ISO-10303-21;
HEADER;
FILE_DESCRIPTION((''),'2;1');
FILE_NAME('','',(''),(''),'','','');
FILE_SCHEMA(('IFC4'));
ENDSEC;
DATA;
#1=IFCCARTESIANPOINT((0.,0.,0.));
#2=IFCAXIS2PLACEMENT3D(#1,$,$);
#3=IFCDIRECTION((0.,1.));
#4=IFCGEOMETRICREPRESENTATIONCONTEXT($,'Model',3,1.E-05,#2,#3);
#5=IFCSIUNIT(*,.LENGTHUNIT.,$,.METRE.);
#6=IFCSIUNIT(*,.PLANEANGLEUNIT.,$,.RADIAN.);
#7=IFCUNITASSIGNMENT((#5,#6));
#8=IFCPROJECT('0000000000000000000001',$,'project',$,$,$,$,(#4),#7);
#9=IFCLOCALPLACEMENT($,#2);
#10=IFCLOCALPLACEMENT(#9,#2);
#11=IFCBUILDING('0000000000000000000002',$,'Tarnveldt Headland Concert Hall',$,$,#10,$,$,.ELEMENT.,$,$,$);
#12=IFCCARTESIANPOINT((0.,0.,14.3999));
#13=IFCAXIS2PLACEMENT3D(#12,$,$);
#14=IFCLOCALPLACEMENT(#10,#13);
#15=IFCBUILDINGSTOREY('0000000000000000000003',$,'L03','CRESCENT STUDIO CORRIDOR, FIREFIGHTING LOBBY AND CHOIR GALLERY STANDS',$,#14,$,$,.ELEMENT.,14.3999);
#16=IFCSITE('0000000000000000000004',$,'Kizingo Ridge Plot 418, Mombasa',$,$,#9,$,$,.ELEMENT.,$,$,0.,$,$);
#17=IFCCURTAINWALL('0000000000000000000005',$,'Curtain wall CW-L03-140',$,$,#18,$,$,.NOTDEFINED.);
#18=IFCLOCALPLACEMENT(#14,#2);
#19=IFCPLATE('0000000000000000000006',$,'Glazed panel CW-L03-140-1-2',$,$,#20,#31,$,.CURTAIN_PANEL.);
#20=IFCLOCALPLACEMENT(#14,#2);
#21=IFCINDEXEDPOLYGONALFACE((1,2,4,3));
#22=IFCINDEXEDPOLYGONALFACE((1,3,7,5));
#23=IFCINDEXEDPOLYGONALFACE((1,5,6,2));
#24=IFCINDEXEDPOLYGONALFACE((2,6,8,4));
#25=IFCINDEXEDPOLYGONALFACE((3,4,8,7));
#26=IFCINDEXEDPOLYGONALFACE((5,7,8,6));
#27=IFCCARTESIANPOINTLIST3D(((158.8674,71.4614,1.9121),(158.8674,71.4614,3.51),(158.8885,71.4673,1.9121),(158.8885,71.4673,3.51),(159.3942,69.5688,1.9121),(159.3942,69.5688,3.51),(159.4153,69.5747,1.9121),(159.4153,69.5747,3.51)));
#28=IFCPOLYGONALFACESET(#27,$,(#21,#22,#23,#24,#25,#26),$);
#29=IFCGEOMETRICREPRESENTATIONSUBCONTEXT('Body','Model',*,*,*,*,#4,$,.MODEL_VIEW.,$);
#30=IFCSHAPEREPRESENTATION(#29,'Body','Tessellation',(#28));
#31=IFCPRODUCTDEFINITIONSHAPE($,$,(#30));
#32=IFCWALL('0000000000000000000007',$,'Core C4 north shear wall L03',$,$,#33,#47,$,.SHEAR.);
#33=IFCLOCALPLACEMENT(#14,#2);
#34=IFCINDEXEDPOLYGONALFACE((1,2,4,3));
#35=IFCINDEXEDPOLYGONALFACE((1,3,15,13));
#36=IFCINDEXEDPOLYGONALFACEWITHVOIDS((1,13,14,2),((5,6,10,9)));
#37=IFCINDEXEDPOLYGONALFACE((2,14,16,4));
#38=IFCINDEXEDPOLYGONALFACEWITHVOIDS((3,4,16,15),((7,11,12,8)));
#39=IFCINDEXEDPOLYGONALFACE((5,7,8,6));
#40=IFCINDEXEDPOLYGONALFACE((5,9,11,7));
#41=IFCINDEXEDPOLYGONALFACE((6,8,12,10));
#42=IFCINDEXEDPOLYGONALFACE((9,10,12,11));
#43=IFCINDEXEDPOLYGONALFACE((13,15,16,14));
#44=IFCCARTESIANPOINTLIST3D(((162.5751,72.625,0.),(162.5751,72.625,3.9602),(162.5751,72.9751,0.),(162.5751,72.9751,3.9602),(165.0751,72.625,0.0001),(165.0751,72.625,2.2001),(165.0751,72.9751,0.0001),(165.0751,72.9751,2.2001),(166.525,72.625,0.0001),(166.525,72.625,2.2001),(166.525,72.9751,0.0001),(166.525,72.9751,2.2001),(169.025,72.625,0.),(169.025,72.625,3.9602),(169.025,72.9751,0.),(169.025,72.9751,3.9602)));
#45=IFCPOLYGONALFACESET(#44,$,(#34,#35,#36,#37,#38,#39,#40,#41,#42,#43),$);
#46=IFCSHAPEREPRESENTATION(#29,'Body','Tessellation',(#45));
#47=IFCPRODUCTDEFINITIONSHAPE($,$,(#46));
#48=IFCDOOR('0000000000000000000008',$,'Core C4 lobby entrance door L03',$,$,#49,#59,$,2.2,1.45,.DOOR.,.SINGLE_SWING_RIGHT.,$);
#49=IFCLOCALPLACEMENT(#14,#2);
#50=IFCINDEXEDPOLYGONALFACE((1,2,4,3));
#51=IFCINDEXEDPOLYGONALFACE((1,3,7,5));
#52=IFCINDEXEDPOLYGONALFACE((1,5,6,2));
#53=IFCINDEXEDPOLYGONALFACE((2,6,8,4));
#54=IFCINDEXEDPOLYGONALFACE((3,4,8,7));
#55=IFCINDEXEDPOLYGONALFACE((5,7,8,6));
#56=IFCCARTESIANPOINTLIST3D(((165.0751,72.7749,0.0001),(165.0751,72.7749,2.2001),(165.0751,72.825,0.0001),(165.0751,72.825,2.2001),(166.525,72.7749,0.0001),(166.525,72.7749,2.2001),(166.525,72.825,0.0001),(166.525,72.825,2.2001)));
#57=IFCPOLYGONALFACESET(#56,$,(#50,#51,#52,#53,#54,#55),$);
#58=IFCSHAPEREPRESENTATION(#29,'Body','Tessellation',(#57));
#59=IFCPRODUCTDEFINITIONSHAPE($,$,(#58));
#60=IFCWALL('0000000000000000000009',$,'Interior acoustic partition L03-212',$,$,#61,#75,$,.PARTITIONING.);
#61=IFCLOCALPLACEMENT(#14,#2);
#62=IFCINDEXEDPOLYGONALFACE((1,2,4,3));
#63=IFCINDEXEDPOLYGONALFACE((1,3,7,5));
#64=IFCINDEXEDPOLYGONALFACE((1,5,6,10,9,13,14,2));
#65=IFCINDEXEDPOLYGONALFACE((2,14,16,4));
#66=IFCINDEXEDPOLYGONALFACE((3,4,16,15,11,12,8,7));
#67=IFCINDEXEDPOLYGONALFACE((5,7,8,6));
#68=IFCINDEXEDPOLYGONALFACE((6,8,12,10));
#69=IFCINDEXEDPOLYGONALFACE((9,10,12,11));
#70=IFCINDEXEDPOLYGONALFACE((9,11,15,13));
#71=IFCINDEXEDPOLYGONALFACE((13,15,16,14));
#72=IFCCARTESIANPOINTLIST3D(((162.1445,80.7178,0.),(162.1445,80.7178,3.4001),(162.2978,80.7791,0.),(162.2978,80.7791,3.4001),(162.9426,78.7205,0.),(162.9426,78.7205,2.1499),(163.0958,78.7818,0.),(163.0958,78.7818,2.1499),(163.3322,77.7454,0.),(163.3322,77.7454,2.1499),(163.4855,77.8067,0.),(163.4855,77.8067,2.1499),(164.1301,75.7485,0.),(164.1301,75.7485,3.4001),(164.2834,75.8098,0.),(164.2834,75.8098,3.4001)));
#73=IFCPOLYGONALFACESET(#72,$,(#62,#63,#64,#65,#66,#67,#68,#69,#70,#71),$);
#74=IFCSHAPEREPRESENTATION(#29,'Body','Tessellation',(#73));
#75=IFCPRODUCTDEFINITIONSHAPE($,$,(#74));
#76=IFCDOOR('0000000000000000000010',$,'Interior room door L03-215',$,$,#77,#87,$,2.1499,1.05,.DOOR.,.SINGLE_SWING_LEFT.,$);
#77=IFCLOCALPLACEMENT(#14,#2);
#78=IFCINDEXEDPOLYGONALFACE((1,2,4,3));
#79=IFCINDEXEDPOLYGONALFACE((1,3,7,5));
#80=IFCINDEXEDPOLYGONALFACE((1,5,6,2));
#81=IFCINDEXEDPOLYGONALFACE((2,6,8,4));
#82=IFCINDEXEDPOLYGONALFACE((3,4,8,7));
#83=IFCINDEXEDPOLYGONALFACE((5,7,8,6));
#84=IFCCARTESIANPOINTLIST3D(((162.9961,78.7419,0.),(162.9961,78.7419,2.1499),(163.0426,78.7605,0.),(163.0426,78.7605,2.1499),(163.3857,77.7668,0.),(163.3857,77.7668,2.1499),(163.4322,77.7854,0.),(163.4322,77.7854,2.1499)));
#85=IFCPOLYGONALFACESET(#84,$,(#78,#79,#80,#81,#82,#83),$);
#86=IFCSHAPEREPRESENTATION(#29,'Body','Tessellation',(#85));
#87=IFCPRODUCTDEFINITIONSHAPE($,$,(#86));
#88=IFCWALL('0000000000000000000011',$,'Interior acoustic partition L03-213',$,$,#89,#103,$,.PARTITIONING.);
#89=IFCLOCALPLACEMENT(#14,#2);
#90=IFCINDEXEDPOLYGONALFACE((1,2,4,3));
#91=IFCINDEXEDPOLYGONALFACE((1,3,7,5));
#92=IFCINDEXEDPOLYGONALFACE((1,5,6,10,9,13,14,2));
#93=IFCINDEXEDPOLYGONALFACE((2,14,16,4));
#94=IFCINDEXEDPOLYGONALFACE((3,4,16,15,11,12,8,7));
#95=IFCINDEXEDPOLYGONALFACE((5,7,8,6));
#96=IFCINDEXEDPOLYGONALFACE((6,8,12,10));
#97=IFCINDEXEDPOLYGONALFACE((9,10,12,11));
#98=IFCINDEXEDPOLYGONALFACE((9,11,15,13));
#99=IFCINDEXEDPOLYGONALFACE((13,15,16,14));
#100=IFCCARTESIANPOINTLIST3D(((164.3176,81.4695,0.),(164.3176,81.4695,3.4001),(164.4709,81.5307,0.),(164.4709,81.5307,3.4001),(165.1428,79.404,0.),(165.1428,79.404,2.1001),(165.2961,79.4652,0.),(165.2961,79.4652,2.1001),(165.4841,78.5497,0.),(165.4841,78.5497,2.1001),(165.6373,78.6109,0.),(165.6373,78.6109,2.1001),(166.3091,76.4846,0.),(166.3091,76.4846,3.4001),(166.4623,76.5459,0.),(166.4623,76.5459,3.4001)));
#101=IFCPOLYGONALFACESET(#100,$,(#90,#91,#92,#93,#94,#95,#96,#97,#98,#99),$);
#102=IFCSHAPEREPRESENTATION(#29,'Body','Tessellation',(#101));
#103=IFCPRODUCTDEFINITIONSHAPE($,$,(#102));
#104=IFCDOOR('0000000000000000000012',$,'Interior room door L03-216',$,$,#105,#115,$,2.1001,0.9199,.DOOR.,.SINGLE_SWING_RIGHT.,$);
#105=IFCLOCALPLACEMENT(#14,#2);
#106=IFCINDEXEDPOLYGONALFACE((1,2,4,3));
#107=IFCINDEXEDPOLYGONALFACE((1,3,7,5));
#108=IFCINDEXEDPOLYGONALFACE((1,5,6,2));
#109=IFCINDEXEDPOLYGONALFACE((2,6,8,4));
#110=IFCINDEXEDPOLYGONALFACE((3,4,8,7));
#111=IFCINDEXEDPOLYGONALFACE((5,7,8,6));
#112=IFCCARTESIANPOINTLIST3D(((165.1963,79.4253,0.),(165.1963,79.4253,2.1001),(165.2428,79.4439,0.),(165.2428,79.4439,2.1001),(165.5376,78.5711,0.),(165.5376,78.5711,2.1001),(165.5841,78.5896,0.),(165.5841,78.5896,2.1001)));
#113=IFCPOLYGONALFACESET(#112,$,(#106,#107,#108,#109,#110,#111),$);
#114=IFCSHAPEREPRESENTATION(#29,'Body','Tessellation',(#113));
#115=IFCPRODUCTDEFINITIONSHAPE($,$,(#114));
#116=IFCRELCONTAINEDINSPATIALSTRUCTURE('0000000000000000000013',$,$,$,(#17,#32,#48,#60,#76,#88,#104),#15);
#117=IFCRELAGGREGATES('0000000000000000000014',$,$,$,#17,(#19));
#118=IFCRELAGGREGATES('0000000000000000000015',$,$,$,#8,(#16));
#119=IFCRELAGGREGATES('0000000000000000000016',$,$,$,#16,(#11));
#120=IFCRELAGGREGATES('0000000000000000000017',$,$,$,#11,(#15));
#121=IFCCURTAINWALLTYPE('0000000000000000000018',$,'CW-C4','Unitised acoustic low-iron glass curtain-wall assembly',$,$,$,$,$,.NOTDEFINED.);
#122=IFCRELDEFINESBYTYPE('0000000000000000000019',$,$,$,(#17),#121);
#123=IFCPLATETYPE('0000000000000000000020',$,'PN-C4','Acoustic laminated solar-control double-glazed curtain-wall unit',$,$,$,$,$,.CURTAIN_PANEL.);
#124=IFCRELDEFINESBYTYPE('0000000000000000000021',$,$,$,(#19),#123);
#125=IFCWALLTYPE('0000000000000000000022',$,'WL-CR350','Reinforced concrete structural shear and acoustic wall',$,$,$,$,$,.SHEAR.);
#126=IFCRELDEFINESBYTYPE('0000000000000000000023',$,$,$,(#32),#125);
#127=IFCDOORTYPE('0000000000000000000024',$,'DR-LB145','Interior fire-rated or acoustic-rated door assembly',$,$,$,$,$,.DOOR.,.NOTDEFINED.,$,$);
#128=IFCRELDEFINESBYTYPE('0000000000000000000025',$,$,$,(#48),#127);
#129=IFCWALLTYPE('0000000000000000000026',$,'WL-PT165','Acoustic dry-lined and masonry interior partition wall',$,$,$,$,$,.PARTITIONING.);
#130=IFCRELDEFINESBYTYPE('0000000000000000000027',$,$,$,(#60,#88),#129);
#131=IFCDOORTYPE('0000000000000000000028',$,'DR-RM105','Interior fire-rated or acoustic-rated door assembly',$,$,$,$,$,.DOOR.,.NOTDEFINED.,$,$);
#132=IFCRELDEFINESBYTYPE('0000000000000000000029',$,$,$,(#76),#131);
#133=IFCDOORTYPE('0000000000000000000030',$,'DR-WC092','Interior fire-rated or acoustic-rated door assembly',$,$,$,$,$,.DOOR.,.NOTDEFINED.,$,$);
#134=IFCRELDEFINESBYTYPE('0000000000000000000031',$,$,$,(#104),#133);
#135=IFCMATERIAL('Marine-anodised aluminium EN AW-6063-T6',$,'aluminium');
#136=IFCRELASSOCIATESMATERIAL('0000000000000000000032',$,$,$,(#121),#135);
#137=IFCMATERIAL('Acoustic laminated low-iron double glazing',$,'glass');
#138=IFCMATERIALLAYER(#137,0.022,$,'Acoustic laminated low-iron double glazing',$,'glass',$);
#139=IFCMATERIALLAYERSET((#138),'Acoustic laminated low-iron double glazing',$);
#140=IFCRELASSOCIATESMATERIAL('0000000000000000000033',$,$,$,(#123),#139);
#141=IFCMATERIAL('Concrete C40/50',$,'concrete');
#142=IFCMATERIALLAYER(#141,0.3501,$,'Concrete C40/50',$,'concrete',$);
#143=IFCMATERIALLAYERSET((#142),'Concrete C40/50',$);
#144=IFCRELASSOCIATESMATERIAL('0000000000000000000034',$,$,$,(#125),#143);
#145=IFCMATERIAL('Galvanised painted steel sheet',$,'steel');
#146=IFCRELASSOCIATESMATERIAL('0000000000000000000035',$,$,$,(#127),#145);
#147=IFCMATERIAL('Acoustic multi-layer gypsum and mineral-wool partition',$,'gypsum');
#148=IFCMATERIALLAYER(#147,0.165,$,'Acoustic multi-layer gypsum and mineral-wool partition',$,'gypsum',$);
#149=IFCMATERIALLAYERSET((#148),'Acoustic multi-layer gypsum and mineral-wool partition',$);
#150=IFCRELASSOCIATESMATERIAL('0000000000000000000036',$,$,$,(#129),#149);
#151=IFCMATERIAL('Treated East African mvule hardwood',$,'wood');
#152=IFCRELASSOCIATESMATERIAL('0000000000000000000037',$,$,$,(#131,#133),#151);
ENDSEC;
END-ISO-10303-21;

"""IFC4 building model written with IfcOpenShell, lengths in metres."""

from ifc_helpers import new_model, si_unit, direction, frame, frame_2d, origin, origin_2d, place, context, subcontext, project, spatial, rectangle, extrude, material, layer, layer_set, type_object, element, fill, aggregate, save


model = new_model("IFC4")

# Units and contexts
model_context = context("Model", 3, precision=1e-05, world=origin(), true_north=direction((0.0, 1.0)))
body_context = subcontext(model_context, "Body", "Model", "MODEL_VIEW")
ifc_project = project(units=[si_unit("LENGTHUNIT", "METRE"), si_unit("PLANEANGLEUNIT", "RADIAN")], contexts=[model_context])

# Site, building, storey
site_placement = place(None, origin())
site = spatial("IfcSite", under=ifc_project, at=site_placement, Name="Kizingo Ridge Plot 418, Mombasa", CompositionType="ELEMENT", RefElevation=0.0)
building_placement = place(site_placement, origin())
building = spatial("IfcBuilding", under=site, at=building_placement, Name="Tarnveldt Headland Concert Hall", CompositionType="ELEMENT")
storey_placement = place(building_placement, frame((0.0, 0.0, 14.3999)))
storey = spatial("IfcBuildingStorey", under=building, at=storey_placement, Name="L03", Description="CRESCENT STUDIO CORRIDOR, FIREFIGHTING LOBBY AND CHOIR GALLERY STANDS", CompositionType="ELEMENT", Elevation=14.3999)

# Shared definitions
ifc_material_1 = material(Name="Marine-anodised aluminium EN AW-6063-T6", Category="aluminium")
curtain_wall_type = type_object("IfcCurtainWallType", Name="CW-C4", Description="Unitised acoustic low-iron glass curtain-wall assembly", PredefinedType="NOTDEFINED", material=ifc_material_1)

# Curtain wall
curtain_wall_1_placement = place(storey_placement, origin())
curtain_wall_1 = element("IfcCurtainWall", 1, at=curtain_wall_1_placement, inside=storey, type_object=curtain_wall_type, Name="Curtain wall CW-L03-140", PredefinedType="NOTDEFINED")

# Plate
ifc_material_2 = material(Name="Acoustic laminated low-iron double glazing", Category="glass")
ifc_layer_1 = layer(ifc_material_2, 0.022, Name="Acoustic laminated low-iron double glazing", Category="glass")
ifc_layer_set_1 = layer_set([ifc_layer_1], Name="Acoustic laminated low-iron double glazing")
plate_type = type_object("IfcPlateType", Name="PN-C4", Description="Acoustic laminated solar-control double-glazed curtain-wall unit", PredefinedType="CURTAIN_PANEL", material=ifc_layer_set_1)
plate_1_placement = place(storey_placement, frame((159.1414, 70.5181, 1.9121), z_axis=(0.0, 0.0, 1.0), x_axis=(-0.268146, 0.963378, 0.0)))
plate_1 = element("IfcPlate", 2, at=plate_1_placement, type_object=plate_type, Name="Glazed panel CW-L03-140-1-2", PredefinedType="CURTAIN_PANEL", context=body_context, shape_type="SweptSolid", body=[
    extrude(rectangle(XDim=1.9646, YDim=0.022, at=origin_2d()), origin(), (0.0, 0.0, 1.0), 1.5979),
])
aggregate(curtain_wall_1, [plate_1])

# Walls, openings, doors
ifc_material_3 = material(Name="Concrete C40/50", Category="concrete")
ifc_layer_2 = layer(ifc_material_3, 0.3501, Name="Concrete C40/50", Category="concrete")
ifc_layer_set_2 = layer_set([ifc_layer_2], Name="Concrete C40/50")
wall_type_1 = type_object("IfcWallType", Name="WL-CR350", Description="Reinforced concrete structural shear and acoustic wall", PredefinedType="SHEAR", material=ifc_layer_set_2)
wall_1_placement = place(storey_placement, frame((162.575, 72.8, 0.0), z_axis=(0.0, 0.0, 1.0), x_axis=(1.0, 0.0, 0.0)))
wall_1 = element("IfcWall", 3, at=wall_1_placement, inside=storey, type_object=wall_type_1, Name="Core C4 north shear wall L03", PredefinedType="SHEAR", context=body_context, shape_type="SweptSolid", body=[
    extrude(rectangle(XDim=6.45, YDim=0.3501, at=frame_2d((3.2251, 0.0))), origin(), (0.0, 0.0, 1.0), 3.9602),
])
opening_1_placement = place(wall_1_placement, frame((2.5, 0.0, 0.0)))
opening_1 = element("IfcOpeningElement", 4, at=opening_1_placement, cuts=wall_1, PredefinedType="OPENING", context=body_context, shape_type="SweptSolid", body=[
    extrude(rectangle(XDim=1.45, YDim=2.2, at=frame_2d((0.7251, 1.1001))), frame((0.0, 0.1851, 0.0), z_axis=(0.0, -1.0, 0.0), x_axis=(1.0, 0.0, 0.0)), (0.0, 0.0, 1.0), 0.3701),
])
ifc_material_4 = material(Name="Galvanised painted steel sheet", Category="steel")
door_type_1 = type_object("IfcDoorType", Name="DR-LB145", Description="Interior fire-rated or acoustic-rated door assembly", OperationType="NOTDEFINED", PredefinedType="DOOR", material=ifc_material_4)
door_1_placement = place(opening_1_placement, origin())
door_1 = element("IfcDoor", 5, at=door_1_placement, inside=storey, type_object=door_type_1, Name="Core C4 lobby entrance door L03", OperationType="SINGLE_SWING_RIGHT", OverallHeight=2.2, OverallWidth=1.45, PredefinedType="DOOR", context=body_context, shape_type="SweptSolid", body=[
    extrude(rectangle(XDim=1.45, YDim=2.2, at=frame_2d((0.7251, 1.1001))), frame((0.0, 0.0249, 0.0), z_axis=(0.0, -1.0, 0.0), x_axis=(1.0, 0.0, 0.0)), (0.0, 0.0, 1.0), 0.05),
])
fill(opening_1, door_1)
ifc_material_5 = material(Name="Acoustic multi-layer gypsum and mineral-wool partition", Category="gypsum")
ifc_layer_3 = layer(ifc_material_5, 0.165, Name="Acoustic multi-layer gypsum and mineral-wool partition", Category="gypsum")
ifc_layer_set_3 = layer_set([ifc_layer_3], Name="Acoustic multi-layer gypsum and mineral-wool partition")
wall_type_2 = type_object("IfcWallType", Name="WL-PT165", Description="Acoustic dry-lined and masonry interior partition wall", PredefinedType="PARTITIONING", material=ifc_layer_set_3)
wall_2_placement = place(storey_placement, frame((164.2068, 75.7791, 0.0), z_axis=(0.0, 0.0, 1.0), x_axis=(-0.371052, 0.928612, 0.0)))
wall_2 = element("IfcWall", 6, at=wall_2_placement, inside=storey, type_object=wall_type_2, Name="Interior acoustic partition L03-212", PredefinedType="PARTITIONING", context=body_context, shape_type="SweptSolid", body=[
    extrude(rectangle(XDim=5.3513, YDim=0.165, at=frame_2d((2.6758, 0.0))), origin(), (0.0, 0.0, 1.0), 3.4001),
])
opening_2_placement = place(wall_2_placement, frame((2.1506, 0.0, 0.0)))
opening_2 = element("IfcOpeningElement", 7, at=opening_2_placement, cuts=wall_2, PredefinedType="OPENING", context=body_context, shape_type="SweptSolid", body=[
    extrude(rectangle(XDim=1.05, YDim=2.1499, at=frame_2d((0.5249, 1.075))), frame((0.0, 0.0925, 0.0), z_axis=(0.0, -1.0, 0.0), x_axis=(1.0, 0.0, 0.0)), (0.0, 0.0, 1.0), 0.1851),
])
ifc_material_6 = material(Name="Treated East African mvule hardwood", Category="wood")
door_type_2 = type_object("IfcDoorType", Name="DR-RM105", Description="Interior fire-rated or acoustic-rated door assembly", OperationType="NOTDEFINED", PredefinedType="DOOR", material=ifc_material_6)
door_2_placement = place(opening_2_placement, origin())
door_2 = element("IfcDoor", 8, at=door_2_placement, inside=storey, type_object=door_type_2, Name="Interior room door L03-215", OperationType="SINGLE_SWING_LEFT", OverallHeight=2.1499, OverallWidth=1.05, PredefinedType="DOOR", context=body_context, shape_type="SweptSolid", body=[
    extrude(rectangle(XDim=1.05, YDim=2.1499, at=frame_2d((0.5249, 1.075))), frame((0.0, 0.0249, 0.0), z_axis=(0.0, -1.0, 0.0), x_axis=(1.0, 0.0, 0.0)), (0.0, 0.0, 1.0), 0.05),
])
fill(opening_2, door_2)
wall_3_placement = place(storey_placement, frame((166.3857, 76.5151, 0.0), z_axis=(0.0, 0.0, 1.0), x_axis=(-0.370991, 0.928637, 0.0)))
wall_3 = element("IfcWall", 9, at=wall_3_placement, inside=storey, type_object=wall_type_2, Name="Interior acoustic partition L03-213", PredefinedType="PARTITIONING", context=body_context, shape_type="SweptSolid", body=[
    extrude(rectangle(XDim=5.3679, YDim=0.165, at=frame_2d((2.6841, 0.0))), origin(), (0.0, 0.0, 1.0), 3.4001),
])
opening_3_placement = place(wall_3_placement, frame((2.2239, 0.0, 0.0)))
opening_3 = element("IfcOpeningElement", 10, at=opening_3_placement, cuts=wall_3, PredefinedType="OPENING", context=body_context, shape_type="SweptSolid", body=[
    extrude(rectangle(XDim=0.9199, YDim=2.1001, at=frame_2d((0.46, 1.05))), frame((0.0, 0.0925, 0.0), z_axis=(0.0, -1.0, 0.0), x_axis=(1.0, 0.0, 0.0)), (0.0, 0.0, 1.0), 0.1851),
])
door_type_3 = type_object("IfcDoorType", Name="DR-WC092", Description="Interior fire-rated or acoustic-rated door assembly", OperationType="NOTDEFINED", PredefinedType="DOOR", material=ifc_material_6)
door_3_placement = place(opening_3_placement, origin())
door_3 = element("IfcDoor", 11, at=door_3_placement, inside=storey, type_object=door_type_3, Name="Interior room door L03-216", OperationType="SINGLE_SWING_RIGHT", OverallHeight=2.1001, OverallWidth=0.9199, PredefinedType="DOOR", context=body_context, shape_type="SweptSolid", body=[
    extrude(rectangle(XDim=0.9199, YDim=2.1001, at=frame_2d((0.46, 1.05))), frame((0.0, 0.0249, 0.0), z_axis=(0.0, -1.0, 0.0), x_axis=(1.0, 0.0, 0.0)), (0.0, 0.0, 1.0), 0.05),
])
fill(opening_3, door_3)

save(model, "model.ifc")
